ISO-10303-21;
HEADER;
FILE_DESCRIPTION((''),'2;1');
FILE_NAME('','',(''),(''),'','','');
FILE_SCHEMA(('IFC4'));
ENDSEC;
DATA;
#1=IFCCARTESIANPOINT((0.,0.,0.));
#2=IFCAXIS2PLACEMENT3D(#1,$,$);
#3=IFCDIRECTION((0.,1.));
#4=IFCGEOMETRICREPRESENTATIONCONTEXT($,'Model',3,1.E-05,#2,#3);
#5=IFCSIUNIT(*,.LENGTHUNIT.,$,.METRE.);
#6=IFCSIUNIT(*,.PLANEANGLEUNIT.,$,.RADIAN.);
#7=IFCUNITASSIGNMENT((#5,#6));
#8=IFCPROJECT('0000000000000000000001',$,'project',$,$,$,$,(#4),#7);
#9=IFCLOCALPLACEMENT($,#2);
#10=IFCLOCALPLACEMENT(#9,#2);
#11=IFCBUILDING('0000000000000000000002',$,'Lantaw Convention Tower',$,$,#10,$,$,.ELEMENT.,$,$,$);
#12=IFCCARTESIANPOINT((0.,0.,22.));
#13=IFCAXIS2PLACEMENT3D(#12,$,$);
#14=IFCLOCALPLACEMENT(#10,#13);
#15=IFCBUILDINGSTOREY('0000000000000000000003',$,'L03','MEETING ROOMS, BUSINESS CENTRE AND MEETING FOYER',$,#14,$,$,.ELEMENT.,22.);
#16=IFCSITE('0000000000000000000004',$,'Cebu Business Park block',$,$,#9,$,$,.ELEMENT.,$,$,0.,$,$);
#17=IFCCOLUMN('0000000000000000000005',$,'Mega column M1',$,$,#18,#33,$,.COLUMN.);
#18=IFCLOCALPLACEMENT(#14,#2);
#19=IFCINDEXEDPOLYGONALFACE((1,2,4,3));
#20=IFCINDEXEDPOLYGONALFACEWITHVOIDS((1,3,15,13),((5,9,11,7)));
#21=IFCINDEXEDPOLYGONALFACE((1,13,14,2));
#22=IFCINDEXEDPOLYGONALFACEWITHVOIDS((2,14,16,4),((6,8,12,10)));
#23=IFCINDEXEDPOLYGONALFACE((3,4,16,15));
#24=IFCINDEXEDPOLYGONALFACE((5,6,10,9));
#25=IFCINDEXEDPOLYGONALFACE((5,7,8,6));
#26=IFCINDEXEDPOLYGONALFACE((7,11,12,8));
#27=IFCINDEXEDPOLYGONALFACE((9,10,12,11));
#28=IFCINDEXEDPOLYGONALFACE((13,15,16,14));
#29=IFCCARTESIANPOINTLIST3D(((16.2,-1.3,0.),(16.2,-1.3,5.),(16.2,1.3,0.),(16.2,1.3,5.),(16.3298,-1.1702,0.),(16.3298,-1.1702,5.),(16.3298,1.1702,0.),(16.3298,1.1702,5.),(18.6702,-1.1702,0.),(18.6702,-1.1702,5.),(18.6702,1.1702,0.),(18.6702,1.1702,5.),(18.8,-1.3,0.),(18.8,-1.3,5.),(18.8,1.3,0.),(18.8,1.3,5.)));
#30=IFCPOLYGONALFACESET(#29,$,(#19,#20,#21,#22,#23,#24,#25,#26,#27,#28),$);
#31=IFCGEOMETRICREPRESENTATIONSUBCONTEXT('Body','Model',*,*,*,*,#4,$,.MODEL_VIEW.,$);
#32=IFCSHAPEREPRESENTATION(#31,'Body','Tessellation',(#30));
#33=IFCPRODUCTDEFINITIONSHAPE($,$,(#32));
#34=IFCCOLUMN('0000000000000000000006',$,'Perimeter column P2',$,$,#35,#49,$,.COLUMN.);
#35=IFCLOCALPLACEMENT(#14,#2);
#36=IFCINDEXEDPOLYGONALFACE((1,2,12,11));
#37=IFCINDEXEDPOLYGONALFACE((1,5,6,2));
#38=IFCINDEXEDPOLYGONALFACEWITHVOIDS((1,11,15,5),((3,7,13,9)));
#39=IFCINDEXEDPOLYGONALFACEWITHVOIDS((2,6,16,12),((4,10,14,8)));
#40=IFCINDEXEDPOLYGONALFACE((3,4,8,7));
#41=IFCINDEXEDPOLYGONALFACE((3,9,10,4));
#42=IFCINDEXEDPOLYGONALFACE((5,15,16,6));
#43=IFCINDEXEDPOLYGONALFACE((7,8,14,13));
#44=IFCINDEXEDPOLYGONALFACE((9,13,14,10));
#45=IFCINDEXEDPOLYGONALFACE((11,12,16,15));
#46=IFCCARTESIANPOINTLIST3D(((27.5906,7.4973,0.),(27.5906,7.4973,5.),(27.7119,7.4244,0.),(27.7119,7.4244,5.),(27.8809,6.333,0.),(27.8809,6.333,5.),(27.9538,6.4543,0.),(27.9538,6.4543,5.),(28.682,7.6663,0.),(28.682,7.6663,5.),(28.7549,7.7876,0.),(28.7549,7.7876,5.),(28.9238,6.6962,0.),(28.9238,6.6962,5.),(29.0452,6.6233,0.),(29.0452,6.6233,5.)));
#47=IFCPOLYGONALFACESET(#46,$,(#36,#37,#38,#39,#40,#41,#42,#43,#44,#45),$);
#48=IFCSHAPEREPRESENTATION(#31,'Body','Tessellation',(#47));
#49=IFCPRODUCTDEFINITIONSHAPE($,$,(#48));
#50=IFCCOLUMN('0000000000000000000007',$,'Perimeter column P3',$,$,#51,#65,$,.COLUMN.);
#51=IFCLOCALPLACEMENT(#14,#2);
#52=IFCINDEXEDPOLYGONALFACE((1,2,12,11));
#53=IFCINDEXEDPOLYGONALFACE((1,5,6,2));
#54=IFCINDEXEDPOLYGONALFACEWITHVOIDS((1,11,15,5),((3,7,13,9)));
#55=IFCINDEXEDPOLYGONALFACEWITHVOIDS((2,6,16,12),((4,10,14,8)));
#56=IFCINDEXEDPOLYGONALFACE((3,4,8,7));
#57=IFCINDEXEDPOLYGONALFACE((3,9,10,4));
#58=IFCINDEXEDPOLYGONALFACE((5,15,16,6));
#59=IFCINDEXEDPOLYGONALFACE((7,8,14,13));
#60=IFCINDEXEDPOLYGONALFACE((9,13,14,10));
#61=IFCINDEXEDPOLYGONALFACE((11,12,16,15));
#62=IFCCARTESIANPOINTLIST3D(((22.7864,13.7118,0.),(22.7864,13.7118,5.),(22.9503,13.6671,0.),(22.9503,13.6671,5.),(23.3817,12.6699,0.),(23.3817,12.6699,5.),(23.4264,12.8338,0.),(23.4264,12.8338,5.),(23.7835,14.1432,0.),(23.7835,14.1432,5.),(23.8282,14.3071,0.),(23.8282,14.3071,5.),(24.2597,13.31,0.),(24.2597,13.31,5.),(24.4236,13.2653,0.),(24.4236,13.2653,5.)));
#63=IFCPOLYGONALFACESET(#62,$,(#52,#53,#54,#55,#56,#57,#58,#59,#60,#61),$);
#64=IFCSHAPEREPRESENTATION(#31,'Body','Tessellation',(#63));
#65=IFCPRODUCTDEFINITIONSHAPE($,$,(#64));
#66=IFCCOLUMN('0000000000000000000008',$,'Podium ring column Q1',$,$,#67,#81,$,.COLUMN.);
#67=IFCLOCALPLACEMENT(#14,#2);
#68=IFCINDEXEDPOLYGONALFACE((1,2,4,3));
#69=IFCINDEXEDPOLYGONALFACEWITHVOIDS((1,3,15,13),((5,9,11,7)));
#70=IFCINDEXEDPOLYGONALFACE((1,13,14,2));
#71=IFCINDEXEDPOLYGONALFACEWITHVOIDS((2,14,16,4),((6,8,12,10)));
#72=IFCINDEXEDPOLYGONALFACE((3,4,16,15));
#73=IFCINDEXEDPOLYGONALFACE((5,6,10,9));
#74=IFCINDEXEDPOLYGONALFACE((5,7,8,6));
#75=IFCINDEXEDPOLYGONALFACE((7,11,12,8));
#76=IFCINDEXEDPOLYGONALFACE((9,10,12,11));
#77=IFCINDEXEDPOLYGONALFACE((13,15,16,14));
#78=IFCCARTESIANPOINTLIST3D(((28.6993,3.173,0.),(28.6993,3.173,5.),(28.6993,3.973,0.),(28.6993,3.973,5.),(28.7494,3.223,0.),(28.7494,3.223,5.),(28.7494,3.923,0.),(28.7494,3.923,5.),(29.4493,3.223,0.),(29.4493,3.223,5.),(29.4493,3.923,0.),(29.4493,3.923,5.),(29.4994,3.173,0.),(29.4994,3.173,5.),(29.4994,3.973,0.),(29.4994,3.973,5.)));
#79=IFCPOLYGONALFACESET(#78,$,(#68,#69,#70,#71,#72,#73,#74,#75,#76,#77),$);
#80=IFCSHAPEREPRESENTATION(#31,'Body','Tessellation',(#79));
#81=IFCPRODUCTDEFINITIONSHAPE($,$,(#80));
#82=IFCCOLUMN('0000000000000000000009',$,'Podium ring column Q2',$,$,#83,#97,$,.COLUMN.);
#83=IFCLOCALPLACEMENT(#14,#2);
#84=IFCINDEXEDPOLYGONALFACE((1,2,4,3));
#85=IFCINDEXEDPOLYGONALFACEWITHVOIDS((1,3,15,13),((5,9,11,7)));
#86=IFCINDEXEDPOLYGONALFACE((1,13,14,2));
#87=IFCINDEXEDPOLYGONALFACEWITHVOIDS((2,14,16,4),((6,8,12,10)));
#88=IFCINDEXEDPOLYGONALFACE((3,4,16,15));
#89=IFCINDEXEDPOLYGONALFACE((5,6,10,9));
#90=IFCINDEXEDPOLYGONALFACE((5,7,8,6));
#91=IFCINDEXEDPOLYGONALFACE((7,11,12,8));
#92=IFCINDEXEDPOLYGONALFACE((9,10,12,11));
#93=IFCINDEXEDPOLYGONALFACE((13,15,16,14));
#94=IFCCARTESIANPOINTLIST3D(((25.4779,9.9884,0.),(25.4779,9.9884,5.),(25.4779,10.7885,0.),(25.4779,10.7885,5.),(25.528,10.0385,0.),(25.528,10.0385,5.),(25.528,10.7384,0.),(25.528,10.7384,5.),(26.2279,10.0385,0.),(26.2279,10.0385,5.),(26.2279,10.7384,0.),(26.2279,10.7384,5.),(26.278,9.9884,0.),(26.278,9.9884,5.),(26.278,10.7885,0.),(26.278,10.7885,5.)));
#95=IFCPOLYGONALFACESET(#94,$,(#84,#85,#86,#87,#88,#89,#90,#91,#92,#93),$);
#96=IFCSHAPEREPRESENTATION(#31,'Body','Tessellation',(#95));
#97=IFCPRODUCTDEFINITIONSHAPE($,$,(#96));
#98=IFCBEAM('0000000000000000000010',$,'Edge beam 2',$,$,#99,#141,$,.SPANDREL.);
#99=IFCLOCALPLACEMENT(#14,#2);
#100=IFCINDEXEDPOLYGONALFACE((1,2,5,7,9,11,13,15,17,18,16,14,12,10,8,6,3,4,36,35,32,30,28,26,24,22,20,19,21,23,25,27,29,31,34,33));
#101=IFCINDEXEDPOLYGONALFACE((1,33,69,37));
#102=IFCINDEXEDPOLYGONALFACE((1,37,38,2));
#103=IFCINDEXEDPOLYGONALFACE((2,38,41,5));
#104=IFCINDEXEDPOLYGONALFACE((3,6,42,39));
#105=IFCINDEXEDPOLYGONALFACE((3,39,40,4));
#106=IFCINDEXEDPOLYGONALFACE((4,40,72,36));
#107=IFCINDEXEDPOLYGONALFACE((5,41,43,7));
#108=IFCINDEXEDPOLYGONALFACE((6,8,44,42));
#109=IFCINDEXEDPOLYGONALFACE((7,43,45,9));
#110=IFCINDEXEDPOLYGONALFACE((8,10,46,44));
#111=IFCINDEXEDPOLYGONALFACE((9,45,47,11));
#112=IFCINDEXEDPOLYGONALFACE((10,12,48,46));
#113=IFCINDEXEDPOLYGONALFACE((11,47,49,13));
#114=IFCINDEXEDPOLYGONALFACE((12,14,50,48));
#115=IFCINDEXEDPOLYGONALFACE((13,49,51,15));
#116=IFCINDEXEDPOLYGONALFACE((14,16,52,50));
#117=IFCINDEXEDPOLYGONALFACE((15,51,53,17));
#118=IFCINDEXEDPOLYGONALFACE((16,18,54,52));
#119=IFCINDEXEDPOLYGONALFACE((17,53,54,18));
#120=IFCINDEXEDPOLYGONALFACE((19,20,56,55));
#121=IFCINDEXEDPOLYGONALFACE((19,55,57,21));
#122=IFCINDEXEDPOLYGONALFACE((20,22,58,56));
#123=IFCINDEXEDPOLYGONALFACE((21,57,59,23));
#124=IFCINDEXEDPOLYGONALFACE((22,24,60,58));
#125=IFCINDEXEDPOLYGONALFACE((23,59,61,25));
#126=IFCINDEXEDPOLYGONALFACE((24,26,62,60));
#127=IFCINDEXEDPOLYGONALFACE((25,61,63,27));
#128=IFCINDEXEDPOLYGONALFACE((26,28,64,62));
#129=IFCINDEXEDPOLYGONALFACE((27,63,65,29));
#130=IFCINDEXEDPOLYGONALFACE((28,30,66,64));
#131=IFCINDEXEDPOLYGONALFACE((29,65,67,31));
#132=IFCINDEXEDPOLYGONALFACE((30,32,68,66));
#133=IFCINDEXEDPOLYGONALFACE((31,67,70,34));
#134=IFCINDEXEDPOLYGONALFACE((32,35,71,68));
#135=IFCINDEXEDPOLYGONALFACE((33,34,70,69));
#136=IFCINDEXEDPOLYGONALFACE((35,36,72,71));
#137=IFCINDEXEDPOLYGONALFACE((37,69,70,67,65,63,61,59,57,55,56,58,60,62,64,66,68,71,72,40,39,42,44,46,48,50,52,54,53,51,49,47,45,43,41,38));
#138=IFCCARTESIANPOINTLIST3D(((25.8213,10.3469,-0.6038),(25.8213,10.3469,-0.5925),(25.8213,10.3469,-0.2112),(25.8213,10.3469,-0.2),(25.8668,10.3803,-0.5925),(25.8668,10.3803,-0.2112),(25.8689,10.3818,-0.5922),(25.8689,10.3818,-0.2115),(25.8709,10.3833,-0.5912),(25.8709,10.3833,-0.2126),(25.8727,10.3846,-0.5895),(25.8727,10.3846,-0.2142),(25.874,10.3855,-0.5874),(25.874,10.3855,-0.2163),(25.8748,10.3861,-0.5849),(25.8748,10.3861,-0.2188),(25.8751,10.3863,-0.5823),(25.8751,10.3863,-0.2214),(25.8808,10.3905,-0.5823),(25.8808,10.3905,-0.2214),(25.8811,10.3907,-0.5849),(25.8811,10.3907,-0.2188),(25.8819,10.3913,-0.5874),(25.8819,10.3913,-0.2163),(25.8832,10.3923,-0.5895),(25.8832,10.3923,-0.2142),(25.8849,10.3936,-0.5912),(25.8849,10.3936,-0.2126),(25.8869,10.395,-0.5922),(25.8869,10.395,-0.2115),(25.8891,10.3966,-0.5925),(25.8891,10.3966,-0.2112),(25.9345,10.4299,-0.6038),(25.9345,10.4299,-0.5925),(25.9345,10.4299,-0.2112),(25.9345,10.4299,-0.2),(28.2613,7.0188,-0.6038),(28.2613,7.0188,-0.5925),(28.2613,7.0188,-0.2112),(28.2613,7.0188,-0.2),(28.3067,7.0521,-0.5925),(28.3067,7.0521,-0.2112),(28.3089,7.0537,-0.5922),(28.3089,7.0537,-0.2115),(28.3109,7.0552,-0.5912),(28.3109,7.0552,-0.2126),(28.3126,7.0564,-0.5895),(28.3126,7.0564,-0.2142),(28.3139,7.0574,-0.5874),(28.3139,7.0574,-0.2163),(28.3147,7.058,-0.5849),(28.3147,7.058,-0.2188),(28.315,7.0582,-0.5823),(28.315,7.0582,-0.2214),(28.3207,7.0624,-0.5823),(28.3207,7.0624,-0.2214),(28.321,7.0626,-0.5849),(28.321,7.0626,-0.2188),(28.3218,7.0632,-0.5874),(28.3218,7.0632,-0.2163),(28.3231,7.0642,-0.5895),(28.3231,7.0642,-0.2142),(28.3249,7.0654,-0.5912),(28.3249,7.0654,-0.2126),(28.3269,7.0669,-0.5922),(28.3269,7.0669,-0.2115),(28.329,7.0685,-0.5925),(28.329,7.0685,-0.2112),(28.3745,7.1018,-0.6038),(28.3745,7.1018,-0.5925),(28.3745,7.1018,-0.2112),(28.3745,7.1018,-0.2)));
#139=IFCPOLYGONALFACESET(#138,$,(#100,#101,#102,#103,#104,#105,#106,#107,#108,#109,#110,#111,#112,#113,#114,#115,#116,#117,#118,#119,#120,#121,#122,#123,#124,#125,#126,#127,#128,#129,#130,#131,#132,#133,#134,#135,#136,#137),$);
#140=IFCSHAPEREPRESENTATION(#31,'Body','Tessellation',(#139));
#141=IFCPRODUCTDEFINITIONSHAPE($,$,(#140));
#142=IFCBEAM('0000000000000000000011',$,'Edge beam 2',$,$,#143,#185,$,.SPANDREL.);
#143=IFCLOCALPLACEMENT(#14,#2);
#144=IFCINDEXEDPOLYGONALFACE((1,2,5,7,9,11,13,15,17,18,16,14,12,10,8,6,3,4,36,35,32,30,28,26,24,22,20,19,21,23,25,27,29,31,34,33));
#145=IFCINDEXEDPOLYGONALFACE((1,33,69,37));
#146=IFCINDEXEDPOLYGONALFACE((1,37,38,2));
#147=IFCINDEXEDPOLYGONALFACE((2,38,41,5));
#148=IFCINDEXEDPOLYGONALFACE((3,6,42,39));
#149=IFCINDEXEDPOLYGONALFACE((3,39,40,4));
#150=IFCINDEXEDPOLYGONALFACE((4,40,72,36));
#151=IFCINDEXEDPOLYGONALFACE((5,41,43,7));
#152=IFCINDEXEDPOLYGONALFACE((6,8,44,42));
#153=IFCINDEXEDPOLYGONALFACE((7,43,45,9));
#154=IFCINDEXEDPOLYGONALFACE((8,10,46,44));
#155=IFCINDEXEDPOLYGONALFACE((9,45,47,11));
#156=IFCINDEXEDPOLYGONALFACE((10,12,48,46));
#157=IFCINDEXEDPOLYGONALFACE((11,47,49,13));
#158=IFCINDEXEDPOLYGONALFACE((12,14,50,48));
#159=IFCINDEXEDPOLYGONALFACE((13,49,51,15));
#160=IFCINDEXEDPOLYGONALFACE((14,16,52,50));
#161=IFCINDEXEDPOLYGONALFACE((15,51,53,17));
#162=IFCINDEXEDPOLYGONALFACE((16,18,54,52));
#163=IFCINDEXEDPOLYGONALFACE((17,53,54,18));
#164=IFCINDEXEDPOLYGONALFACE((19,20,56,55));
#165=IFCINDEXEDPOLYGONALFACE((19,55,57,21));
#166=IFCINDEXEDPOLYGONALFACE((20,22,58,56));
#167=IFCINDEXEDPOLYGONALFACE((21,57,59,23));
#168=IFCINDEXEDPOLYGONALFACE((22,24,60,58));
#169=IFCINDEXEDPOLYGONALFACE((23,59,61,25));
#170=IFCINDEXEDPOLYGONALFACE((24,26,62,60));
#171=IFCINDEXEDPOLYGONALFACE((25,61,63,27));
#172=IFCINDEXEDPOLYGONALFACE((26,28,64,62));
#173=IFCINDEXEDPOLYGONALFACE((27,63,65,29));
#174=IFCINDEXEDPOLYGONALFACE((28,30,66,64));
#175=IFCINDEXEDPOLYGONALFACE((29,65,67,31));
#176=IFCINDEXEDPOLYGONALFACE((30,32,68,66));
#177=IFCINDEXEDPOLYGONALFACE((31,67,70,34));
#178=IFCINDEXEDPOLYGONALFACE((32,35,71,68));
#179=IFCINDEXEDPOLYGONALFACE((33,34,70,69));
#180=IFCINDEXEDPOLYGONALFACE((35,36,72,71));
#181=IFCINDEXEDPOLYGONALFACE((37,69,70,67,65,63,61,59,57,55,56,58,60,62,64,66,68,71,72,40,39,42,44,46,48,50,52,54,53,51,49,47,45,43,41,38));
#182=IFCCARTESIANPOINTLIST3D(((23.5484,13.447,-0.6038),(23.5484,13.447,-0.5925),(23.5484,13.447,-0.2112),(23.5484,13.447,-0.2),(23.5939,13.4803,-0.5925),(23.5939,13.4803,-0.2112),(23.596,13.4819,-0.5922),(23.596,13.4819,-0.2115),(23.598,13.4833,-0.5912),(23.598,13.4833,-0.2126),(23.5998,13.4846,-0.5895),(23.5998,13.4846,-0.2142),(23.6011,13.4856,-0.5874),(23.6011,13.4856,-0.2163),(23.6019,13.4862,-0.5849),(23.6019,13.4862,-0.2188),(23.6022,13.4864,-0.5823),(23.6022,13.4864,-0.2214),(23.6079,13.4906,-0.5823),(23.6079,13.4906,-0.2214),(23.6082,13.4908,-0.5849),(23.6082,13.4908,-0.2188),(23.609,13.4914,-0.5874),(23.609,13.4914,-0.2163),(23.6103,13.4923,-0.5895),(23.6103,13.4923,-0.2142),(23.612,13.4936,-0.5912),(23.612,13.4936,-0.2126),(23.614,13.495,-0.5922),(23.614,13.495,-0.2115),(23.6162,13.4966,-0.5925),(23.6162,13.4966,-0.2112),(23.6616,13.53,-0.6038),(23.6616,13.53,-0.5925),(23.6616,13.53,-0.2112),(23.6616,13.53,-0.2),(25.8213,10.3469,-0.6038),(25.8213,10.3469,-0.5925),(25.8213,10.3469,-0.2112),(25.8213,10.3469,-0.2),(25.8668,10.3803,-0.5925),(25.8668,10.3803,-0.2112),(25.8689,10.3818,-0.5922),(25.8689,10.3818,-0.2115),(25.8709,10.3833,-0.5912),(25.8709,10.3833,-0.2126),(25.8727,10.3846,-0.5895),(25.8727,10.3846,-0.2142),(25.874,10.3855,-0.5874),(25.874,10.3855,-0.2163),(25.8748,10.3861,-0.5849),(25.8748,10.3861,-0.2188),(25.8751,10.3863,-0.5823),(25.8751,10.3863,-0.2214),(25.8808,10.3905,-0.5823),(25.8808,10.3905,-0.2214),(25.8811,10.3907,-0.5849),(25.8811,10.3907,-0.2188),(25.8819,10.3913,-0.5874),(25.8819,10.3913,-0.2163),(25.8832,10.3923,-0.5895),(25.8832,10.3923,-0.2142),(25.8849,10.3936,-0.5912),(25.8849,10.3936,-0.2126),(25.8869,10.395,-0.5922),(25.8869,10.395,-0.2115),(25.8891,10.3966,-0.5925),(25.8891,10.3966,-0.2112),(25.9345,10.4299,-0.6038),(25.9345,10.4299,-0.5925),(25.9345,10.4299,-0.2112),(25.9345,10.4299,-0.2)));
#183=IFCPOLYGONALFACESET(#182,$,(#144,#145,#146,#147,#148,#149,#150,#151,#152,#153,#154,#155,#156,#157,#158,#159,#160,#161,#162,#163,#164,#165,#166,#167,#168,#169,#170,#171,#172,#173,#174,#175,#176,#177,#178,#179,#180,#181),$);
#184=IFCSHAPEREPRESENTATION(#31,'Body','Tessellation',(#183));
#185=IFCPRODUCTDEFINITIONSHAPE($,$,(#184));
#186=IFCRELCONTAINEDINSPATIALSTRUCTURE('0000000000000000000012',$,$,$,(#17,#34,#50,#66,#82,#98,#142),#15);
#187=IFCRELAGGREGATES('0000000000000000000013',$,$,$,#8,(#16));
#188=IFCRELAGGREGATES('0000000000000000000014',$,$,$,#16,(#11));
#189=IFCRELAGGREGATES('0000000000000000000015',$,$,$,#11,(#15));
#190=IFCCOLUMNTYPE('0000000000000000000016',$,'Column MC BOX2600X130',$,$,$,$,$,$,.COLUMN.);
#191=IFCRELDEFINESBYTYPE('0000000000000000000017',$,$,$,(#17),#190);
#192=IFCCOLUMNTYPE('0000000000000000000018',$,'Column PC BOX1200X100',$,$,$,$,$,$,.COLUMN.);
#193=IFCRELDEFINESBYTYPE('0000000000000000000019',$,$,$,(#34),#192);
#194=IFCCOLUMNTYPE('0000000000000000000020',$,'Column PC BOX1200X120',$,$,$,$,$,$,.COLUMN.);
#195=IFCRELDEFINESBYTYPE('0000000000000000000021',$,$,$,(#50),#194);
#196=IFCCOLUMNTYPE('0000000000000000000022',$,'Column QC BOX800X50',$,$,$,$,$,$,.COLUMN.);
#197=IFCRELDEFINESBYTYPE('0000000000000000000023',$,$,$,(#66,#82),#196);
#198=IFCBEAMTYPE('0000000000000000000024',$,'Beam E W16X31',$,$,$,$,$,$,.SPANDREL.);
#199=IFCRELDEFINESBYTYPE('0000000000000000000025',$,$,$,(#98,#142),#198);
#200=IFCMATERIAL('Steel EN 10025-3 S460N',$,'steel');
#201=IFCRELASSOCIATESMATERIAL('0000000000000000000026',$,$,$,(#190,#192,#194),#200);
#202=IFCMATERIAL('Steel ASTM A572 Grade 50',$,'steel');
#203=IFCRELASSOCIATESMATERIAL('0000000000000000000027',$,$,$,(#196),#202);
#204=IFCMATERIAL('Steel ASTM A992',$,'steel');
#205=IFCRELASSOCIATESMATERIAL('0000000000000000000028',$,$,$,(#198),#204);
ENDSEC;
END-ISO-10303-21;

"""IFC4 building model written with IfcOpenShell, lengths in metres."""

from ifc_helpers import new_model, si_unit, direction, frame, origin, origin_2d, place, context, subcontext, project, spatial, rectangle, hollow_rectangle, i_section, extrude, material, material_profile, profile_set, type_object, element, save


model = new_model("IFC4")

# Units and contexts
model_context = context("Model", 3, precision=1e-05, world=origin(), true_north=direction((0.0, 1.0)))
body_context = subcontext(model_context, "Body", "Model", "MODEL_VIEW")
ifc_project = project(units=[si_unit("LENGTHUNIT", "METRE"), si_unit("PLANEANGLEUNIT", "RADIAN")], contexts=[model_context])

# Site, building, storey
site_placement = place(None, origin())
site = spatial("IfcSite", under=ifc_project, at=site_placement, Name="Cebu Business Park block", CompositionType="ELEMENT", RefElevation=0.0)
building_placement = place(site_placement, origin())
building = spatial("IfcBuilding", under=site, at=building_placement, Name="Lantaw Convention Tower", CompositionType="ELEMENT")
storey_placement = place(building_placement, frame((0.0, 0.0, 22.0)))
storey = spatial("IfcBuildingStorey", under=building, at=storey_placement, Name="L03", Description="MEETING ROOMS, BUSINESS CENTRE AND MEETING FOYER", CompositionType="ELEMENT", Elevation=22.0)

# Columns
ifc_material_1 = material(Name="Steel EN 10025-3 S460N", Category="steel")
ifc_material_profile_1 = material_profile(ifc_material_1, hollow_rectangle(XDim=2.6001, YDim=2.6001, WallThickness=0.1299, at=origin_2d()), Name="BOX2600X130")
ifc_material_2 = material(Name="Concrete C60/75", Category="concrete")
ifc_material_profile_2 = material_profile(ifc_material_2, rectangle(XDim=2.3401, YDim=2.3401, at=origin_2d()), Name="Concrete fill of BOX2600X130")
ifc_profile_set_1 = profile_set([ifc_material_profile_1, ifc_material_profile_2], Name="Steel EN 10025-3 S460N")
column_type_1 = type_object("IfcColumnType", Name="Column MC BOX2600X130", PredefinedType="COLUMN", material=ifc_profile_set_1)
column_1_placement = place(storey_placement, frame((17.5, 0.0, 0.0), z_axis=(0.0, 0.0, 1.0), x_axis=(1.0, 0.0, 0.0)))
element("IfcColumn", 1, at=column_1_placement, inside=storey, type_object=column_type_1, Name="Mega column M1", PredefinedType="COLUMN", context=body_context, shape_type="SweptSolid", body=[
    extrude(hollow_rectangle(XDim=2.6001, YDim=2.6001, WallThickness=0.1299, at=origin_2d()), origin(), (0.0, 0.0, 1.0), 5.0),
])
ifc_material_profile_3 = material_profile(ifc_material_1, hollow_rectangle(XDim=1.2, YDim=1.2, WallThickness=0.1001, at=origin_2d()), Name="BOX1200X100")
ifc_material_profile_4 = material_profile(ifc_material_2, rectangle(XDim=1.0, YDim=1.0, at=origin_2d()), Name="Concrete fill of BOX1200X100")
ifc_profile_set_2 = profile_set([ifc_material_profile_3, ifc_material_profile_4], Name="Steel EN 10025-3 S460N")
column_type_2 = type_object("IfcColumnType", Name="Column PC BOX1200X100", PredefinedType="COLUMN", material=ifc_profile_set_2)
column_2_placement = place(storey_placement, frame((28.3179, 7.0603, 0.0), z_axis=(0.0, 0.0, 1.0), x_axis=(0.970296, 0.241922, 0.0)))
element("IfcColumn", 2, at=column_2_placement, inside=storey, type_object=column_type_2, Name="Perimeter column P2", PredefinedType="COLUMN", context=body_context, shape_type="SweptSolid", body=[
    extrude(hollow_rectangle(XDim=1.2, YDim=1.2, WallThickness=0.1001, at=origin_2d()), origin(), (0.0, 0.0, 1.0), 5.0),
])
ifc_material_profile_5 = material_profile(ifc_material_1, hollow_rectangle(XDim=1.2, YDim=1.2, WallThickness=0.1201, at=origin_2d()), Name="BOX1200X120")
ifc_material_profile_6 = material_profile(ifc_material_2, rectangle(XDim=0.96, YDim=0.96, at=origin_2d()), Name="Concrete fill of BOX1200X120")
ifc_profile_set_3 = profile_set([ifc_material_profile_5, ifc_material_profile_6], Name="Steel EN 10025-3 S460N")
column_type_3 = type_object("IfcColumnType", Name="Column PC BOX1200X120", PredefinedType="COLUMN", material=ifc_profile_set_3)
column_3_placement = place(storey_placement, frame((23.605, 13.4885, 0.0), z_axis=(0.0, 0.0, 1.0), x_axis=(0.868243, 0.496139, 0.0)))
element("IfcColumn", 3, at=column_3_placement, inside=storey, type_object=column_type_3, Name="Perimeter column P3", PredefinedType="COLUMN", context=body_context, shape_type="SweptSolid", body=[
    extrude(hollow_rectangle(XDim=1.2, YDim=1.2, WallThickness=0.1201, at=origin_2d()), origin(), (0.0, 0.0, 1.0), 5.0),
])
ifc_material_3 = material(Name="Steel ASTM A572 Grade 50", Category="steel")
ifc_material_profile_7 = material_profile(ifc_material_3, hollow_rectangle(XDim=0.8, YDim=0.8, WallThickness=0.05, at=origin_2d()), Name="BOX800X50")
ifc_profile_set_4 = profile_set([ifc_material_profile_7], Name="Steel ASTM A572 Grade 50")
column_type_4 = type_object("IfcColumnType", Name="Column QC BOX800X50", PredefinedType="COLUMN", material=ifc_profile_set_4)
for number, where, z_axis, x_axis, name in (
    (4, (29.0994, 3.573, 0.0), (0.0, 0.0, 1.0), (1.0, 0.0, 0.0), "Podium ring column Q1"),
    (5, (25.8779, 10.3884, 0.0), (0.0, 0.0, 1.0), (1.0, 0.0, 0.0), "Podium ring column Q2"),
):
    element("IfcColumn", number, at=place(storey_placement, frame(where, z_axis=z_axis, x_axis=x_axis)), inside=storey, type_object=column_type_4, Name=name, PredefinedType="COLUMN", context=body_context, shape_type="SweptSolid", body=[
        extrude(hollow_rectangle(XDim=0.8, YDim=0.8, WallThickness=0.05, at=origin_2d()), origin(), (0.0, 0.0, 1.0), 5.0),
    ])

# Beams
ifc_material_4 = material(Name="Steel ASTM A992", Category="steel")
ifc_material_profile_8 = material_profile(ifc_material_4, i_section(OverallWidth=0.1404, OverallDepth=0.4038, WebThickness=0.0071, FlangeThickness=0.0112, FilletRadius=0.0103, at=origin_2d()), Name="W16X31")
ifc_profile_set_5 = profile_set([ifc_material_profile_8], Name="Steel ASTM A992")
beam_type_1 = type_object("IfcBeamType", Name="Beam E W16X31", PredefinedType="SPANDREL", material=ifc_profile_set_5)
beam_1_placement = place(storey_placement, frame((28.3179, 7.0603, -0.4019), z_axis=(-0.591256, 0.806484, 0.0), x_axis=(-0.806484, -0.591256, 0.0)))
element("IfcBeam", 6, at=beam_1_placement, inside=storey, type_object=beam_type_1, Name="Edge beam 2", PredefinedType="SPANDREL", context=body_context, shape_type="SweptSolid", body=[
    extrude(i_section(OverallWidth=0.1404, OverallDepth=0.4038, WebThickness=0.0071, FlangeThickness=0.0112, FilletRadius=0.0103, at=origin_2d()), origin(), (0.0, 0.0, 1.0), 4.1267),
])
beam_2_placement = place(storey_placement, frame((25.8779, 10.3884, -0.4019), z_axis=(-0.591287, 0.806462, 0.0), x_axis=(-0.806462, -0.591287, 0.0)))
element("IfcBeam", 7, at=beam_2_placement, inside=storey, type_object=beam_type_1, Name="Edge beam 2", PredefinedType="SPANDREL", context=body_context, shape_type="SweptSolid", body=[
    extrude(i_section(OverallWidth=0.1404, OverallDepth=0.4038, WebThickness=0.0071, FlangeThickness=0.0112, FilletRadius=0.0103, at=origin_2d()), origin(), (0.0, 0.0, 1.0), 3.844),
])

save(model, "model.ifc")
